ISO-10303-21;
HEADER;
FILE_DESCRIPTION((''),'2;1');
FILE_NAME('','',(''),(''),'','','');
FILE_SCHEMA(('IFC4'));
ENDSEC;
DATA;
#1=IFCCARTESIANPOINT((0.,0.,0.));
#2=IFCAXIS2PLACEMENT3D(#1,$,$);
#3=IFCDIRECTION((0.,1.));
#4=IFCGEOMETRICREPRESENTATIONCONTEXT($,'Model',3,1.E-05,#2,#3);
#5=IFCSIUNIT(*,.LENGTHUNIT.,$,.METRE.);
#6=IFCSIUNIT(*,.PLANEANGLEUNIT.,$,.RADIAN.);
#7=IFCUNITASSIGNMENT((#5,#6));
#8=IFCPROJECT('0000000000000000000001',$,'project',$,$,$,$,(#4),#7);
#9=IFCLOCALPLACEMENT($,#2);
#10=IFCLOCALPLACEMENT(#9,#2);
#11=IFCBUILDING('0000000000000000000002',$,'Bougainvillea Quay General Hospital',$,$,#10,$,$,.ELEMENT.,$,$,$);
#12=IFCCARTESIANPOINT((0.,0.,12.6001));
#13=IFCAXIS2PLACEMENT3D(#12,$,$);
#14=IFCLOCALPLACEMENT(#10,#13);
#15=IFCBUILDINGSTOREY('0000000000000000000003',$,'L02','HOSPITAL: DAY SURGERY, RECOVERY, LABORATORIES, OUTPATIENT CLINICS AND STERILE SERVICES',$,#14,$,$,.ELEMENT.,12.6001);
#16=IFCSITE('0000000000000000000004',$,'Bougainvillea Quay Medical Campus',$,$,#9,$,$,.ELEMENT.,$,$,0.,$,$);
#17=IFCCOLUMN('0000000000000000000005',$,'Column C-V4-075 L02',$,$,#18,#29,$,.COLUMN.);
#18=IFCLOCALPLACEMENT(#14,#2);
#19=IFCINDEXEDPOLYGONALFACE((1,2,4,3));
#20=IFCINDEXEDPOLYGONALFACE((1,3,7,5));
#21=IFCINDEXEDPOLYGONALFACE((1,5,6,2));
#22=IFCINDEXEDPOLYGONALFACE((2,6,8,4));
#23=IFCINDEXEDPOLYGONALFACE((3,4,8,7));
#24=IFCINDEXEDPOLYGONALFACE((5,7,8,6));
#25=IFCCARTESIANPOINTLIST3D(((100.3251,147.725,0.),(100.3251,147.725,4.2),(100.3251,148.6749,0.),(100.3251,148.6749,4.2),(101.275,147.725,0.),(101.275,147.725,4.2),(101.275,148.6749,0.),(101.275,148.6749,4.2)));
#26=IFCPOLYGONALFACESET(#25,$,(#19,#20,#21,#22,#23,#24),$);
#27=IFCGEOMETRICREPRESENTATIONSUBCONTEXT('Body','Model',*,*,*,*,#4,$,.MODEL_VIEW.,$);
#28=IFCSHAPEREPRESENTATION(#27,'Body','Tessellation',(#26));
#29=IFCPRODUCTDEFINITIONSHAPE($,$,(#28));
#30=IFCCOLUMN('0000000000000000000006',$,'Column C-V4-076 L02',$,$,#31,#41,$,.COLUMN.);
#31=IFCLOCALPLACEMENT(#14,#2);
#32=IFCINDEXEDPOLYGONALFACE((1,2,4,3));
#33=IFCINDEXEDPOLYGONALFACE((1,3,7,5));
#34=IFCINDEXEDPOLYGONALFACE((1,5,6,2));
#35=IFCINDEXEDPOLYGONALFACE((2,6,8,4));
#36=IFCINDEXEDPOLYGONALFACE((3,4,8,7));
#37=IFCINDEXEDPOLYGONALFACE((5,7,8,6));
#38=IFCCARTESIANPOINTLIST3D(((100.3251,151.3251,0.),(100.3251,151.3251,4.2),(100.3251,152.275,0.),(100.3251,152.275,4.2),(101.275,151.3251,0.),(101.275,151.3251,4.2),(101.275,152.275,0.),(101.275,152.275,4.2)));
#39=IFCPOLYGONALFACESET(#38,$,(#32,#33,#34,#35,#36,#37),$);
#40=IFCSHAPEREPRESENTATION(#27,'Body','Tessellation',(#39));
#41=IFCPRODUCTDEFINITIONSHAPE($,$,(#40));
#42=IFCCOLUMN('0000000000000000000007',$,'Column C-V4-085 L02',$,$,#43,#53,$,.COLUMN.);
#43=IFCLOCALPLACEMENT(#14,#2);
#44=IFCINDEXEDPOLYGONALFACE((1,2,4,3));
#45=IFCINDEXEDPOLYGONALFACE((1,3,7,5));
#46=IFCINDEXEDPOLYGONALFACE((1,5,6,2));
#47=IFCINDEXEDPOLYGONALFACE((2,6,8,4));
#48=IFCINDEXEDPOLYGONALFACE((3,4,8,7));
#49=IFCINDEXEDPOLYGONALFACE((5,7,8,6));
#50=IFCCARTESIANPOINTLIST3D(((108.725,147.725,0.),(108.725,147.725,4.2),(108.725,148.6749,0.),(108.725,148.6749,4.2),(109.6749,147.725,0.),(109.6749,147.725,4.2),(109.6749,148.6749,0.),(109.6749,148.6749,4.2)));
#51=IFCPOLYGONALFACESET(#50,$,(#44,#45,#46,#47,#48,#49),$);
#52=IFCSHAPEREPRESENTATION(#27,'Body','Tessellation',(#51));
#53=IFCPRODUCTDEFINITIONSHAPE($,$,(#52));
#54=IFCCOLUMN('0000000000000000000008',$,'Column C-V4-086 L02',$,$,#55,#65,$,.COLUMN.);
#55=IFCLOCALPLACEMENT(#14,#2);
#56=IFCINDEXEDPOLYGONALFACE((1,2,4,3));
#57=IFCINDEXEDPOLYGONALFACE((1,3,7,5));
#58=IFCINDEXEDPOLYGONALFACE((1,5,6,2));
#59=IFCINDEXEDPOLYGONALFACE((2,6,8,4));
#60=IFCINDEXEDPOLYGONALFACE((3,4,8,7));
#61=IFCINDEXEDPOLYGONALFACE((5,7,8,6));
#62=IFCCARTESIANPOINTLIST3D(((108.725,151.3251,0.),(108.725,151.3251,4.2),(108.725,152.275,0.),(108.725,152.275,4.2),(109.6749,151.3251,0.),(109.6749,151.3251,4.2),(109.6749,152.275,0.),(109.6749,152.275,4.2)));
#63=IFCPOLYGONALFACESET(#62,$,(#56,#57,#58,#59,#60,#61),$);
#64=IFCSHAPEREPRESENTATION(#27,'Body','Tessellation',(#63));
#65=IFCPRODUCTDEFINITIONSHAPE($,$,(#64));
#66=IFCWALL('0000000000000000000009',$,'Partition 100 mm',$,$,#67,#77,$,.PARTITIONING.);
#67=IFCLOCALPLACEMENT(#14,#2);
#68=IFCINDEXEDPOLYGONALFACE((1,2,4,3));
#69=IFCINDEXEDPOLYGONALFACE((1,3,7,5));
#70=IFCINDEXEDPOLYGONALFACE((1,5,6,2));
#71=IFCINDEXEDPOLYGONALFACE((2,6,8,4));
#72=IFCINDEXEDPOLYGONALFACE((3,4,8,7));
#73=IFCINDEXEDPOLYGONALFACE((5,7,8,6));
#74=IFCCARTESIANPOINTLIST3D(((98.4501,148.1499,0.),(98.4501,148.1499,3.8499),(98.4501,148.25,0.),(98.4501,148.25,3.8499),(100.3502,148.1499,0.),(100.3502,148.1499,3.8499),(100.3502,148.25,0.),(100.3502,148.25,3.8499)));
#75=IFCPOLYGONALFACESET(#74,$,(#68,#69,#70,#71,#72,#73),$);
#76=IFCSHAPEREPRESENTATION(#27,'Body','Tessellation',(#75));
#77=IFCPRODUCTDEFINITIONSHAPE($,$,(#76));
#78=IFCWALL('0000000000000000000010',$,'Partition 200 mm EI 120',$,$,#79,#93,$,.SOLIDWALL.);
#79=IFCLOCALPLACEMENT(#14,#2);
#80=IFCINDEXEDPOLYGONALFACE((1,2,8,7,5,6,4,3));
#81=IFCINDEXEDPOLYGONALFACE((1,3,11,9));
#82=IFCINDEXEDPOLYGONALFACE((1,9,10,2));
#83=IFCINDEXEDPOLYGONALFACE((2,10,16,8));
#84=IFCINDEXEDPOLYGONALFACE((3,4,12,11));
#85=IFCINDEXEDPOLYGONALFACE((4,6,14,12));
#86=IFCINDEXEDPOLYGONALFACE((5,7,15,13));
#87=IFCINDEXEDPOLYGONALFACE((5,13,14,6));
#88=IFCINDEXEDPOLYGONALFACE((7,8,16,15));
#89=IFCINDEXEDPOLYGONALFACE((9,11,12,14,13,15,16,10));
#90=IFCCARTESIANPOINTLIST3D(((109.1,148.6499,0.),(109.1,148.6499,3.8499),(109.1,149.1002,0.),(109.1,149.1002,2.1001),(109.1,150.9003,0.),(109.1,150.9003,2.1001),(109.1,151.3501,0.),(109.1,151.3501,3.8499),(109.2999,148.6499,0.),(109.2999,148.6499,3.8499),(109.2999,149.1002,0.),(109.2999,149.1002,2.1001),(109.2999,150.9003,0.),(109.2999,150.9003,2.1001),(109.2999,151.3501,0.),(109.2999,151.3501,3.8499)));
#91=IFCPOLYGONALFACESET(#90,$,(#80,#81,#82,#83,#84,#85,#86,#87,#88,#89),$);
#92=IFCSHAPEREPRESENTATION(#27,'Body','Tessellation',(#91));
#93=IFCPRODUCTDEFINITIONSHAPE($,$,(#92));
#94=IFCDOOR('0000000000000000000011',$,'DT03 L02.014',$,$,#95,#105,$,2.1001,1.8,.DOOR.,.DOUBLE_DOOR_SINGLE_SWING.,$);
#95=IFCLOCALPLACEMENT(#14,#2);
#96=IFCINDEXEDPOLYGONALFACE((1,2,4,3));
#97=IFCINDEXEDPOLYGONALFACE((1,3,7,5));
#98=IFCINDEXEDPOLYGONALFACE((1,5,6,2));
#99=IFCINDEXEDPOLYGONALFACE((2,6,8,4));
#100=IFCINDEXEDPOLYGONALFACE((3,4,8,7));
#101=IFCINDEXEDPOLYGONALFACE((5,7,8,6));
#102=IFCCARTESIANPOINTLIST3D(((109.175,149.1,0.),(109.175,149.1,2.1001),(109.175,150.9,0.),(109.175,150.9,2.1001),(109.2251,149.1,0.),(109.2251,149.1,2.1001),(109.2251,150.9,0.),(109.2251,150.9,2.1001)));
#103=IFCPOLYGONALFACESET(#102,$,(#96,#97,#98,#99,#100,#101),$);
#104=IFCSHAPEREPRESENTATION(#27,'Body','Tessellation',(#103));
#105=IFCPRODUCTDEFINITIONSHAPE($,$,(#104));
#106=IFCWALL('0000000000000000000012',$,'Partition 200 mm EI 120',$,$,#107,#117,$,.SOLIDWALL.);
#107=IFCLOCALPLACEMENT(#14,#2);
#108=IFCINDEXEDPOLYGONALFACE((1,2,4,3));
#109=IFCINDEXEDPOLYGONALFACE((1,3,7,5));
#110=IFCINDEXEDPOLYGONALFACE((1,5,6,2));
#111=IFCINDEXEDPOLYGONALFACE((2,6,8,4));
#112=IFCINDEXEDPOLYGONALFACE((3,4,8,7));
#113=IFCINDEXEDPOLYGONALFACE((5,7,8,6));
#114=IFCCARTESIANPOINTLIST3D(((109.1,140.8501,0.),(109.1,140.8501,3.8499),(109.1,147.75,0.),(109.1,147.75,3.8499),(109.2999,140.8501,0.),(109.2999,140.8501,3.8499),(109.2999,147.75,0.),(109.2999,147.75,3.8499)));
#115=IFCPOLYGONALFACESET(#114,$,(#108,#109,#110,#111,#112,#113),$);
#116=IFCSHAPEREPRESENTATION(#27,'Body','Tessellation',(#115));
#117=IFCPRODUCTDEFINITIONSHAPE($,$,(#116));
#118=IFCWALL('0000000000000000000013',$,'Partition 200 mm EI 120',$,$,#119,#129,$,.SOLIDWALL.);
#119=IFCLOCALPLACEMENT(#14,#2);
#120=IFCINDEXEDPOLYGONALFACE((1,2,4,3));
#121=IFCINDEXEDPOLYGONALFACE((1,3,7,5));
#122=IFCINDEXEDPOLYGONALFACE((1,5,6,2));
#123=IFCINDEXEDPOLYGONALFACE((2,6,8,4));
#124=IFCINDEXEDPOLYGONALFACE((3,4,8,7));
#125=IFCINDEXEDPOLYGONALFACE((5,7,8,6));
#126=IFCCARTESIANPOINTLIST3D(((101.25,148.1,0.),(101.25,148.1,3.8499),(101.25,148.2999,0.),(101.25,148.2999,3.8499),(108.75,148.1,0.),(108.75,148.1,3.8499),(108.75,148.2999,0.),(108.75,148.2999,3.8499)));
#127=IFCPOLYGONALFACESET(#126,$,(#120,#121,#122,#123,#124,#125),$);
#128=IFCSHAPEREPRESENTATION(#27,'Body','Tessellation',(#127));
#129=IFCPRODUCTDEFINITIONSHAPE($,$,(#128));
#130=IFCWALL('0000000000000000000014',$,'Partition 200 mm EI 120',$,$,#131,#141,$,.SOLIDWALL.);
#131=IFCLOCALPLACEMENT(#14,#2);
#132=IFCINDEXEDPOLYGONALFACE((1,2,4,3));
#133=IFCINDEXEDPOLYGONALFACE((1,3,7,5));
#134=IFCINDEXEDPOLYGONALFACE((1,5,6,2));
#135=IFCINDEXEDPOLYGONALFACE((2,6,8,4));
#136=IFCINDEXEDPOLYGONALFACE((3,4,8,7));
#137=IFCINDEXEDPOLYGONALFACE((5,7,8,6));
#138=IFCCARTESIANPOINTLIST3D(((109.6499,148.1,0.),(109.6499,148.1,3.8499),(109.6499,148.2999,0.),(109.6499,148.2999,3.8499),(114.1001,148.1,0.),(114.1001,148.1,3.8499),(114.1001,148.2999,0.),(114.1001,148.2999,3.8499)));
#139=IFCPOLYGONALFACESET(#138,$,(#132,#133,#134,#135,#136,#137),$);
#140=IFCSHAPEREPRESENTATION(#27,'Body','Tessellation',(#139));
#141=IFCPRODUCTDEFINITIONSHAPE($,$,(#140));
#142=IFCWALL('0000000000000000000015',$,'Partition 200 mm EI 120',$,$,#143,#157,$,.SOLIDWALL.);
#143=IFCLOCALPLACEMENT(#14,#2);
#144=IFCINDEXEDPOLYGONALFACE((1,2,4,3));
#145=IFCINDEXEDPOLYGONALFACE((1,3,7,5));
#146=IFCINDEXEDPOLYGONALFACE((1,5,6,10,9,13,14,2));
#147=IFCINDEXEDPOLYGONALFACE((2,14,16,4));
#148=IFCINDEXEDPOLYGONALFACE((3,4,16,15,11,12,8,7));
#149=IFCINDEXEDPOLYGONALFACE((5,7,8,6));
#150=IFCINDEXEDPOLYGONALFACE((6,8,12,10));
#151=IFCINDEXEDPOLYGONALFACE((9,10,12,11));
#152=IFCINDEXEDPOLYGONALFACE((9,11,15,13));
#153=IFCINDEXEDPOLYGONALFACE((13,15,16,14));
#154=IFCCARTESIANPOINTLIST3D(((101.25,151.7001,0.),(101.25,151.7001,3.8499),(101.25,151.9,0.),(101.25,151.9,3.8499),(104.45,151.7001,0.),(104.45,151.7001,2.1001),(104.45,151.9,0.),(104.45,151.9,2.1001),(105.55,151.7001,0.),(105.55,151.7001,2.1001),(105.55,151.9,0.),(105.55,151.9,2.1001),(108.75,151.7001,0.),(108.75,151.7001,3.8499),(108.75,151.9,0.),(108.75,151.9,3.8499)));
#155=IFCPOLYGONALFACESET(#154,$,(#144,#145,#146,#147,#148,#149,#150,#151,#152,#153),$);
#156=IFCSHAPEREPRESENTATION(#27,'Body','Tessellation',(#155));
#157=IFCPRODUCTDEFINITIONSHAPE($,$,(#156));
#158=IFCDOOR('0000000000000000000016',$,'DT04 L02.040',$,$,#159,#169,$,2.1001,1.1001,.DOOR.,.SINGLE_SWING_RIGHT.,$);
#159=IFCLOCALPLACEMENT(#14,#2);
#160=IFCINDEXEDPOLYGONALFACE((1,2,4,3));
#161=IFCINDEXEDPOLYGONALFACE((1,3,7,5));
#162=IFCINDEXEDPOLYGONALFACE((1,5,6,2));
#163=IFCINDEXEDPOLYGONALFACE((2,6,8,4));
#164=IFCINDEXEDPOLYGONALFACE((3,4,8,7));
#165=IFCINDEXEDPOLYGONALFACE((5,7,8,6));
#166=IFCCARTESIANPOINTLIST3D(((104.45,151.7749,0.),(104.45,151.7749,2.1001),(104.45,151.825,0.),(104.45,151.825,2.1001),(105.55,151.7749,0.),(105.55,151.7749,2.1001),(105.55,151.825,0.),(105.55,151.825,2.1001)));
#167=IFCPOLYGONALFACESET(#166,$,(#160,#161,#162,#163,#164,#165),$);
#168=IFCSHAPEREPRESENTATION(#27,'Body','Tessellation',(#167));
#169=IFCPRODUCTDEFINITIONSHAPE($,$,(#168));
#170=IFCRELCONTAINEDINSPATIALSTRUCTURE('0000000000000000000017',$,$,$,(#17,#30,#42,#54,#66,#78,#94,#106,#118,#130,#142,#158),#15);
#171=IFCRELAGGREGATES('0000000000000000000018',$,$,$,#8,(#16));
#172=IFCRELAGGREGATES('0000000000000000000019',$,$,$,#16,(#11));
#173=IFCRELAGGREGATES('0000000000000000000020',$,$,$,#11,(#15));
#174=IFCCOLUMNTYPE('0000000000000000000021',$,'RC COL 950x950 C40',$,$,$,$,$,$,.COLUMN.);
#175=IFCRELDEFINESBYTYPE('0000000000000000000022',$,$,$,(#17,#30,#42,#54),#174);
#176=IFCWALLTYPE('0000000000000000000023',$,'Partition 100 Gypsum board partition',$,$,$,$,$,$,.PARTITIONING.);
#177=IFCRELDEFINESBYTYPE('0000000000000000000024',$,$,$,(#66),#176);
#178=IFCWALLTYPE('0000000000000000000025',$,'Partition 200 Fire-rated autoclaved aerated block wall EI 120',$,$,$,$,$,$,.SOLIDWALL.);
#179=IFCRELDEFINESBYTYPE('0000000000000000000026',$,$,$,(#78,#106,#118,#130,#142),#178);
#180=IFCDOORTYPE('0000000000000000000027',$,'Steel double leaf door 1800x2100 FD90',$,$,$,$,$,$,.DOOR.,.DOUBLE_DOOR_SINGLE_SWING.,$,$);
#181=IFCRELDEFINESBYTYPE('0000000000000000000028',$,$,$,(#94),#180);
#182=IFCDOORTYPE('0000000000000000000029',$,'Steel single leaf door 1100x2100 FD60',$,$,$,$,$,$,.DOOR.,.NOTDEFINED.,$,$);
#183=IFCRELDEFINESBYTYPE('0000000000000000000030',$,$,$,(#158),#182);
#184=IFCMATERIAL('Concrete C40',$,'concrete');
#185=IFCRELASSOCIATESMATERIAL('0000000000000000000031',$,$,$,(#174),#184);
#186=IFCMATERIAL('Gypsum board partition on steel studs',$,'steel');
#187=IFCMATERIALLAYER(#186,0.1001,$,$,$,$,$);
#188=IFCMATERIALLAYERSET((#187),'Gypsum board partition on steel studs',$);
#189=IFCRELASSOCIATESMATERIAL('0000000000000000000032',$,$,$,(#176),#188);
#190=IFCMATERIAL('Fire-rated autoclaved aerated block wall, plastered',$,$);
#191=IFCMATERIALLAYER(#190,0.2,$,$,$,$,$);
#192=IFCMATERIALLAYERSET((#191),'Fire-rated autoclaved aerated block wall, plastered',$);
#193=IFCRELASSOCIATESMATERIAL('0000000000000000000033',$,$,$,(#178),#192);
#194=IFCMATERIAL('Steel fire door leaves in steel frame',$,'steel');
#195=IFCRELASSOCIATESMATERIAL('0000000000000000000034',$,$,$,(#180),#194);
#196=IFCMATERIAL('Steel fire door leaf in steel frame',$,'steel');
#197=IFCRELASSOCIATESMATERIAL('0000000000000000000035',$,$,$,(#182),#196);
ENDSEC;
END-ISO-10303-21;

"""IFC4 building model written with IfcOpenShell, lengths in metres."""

from ifc_helpers import new_model, si_unit, direction, frame, frame_2d, origin, origin_2d, place, context, subcontext, project, spatial, rectangle, extrude, material, layer, layer_set, material_profile, profile_set, type_object, element, fill, save


model = new_model("IFC4")

# Units and contexts
model_context = context("Model", 3, precision=1e-05, world=origin(), true_north=direction((0.0, 1.0)))
body_context = subcontext(model_context, "Body", "Model", "MODEL_VIEW")
ifc_project = project(units=[si_unit("LENGTHUNIT", "METRE"), si_unit("PLANEANGLEUNIT", "RADIAN")], contexts=[model_context])

# Site, building, storey
site_placement = place(None, origin())
site = spatial("IfcSite", under=ifc_project, at=site_placement, Name="Bougainvillea Quay Medical Campus", CompositionType="ELEMENT", RefElevation=0.0)
building_placement = place(site_placement, origin())
building = spatial("IfcBuilding", under=site, at=building_placement, Name="Bougainvillea Quay General Hospital", CompositionType="ELEMENT")
storey_placement = place(building_placement, frame((0.0, 0.0, 12.6001)))
storey = spatial("IfcBuildingStorey", under=building, at=storey_placement, Name="L02", Description="HOSPITAL: DAY SURGERY, RECOVERY, LABORATORIES, OUTPATIENT CLINICS AND STERILE SERVICES", CompositionType="ELEMENT", Elevation=12.6001)

# Columns
ifc_material_1 = material(Name="Concrete C40", Category="concrete")
ifc_material_profile = material_profile(ifc_material_1, rectangle(XDim=0.95, YDim=0.95, at=origin_2d()))
ifc_profile_set = profile_set([ifc_material_profile], Name="Concrete C40")
column_type = type_object("IfcColumnType", Name="RC COL 950x950 C40", PredefinedType="COLUMN", material=ifc_profile_set)
for number, where, z_axis, x_axis, name in (
    (1, (100.8, 148.2, 0.0), (0.0, 0.0, 1.0), (1.0, 0.0, 0.0), "Column C-V4-075 L02"),
    (2, (100.8, 151.8, 0.0), (0.0, 0.0, 1.0), (1.0, 0.0, 0.0), "Column C-V4-076 L02"),
    (3, (109.2, 148.2, 0.0), (0.0, 0.0, 1.0), (1.0, 0.0, 0.0), "Column C-V4-085 L02"),
    (4, (109.2, 151.8, 0.0), (0.0, 0.0, 1.0), (1.0, 0.0, 0.0), "Column C-V4-086 L02"),
):
    element("IfcColumn", number, at=place(storey_placement, frame(where, z_axis=z_axis, x_axis=x_axis)), inside=storey, type_object=column_type, Name=name, PredefinedType="COLUMN", context=body_context, shape_type="SweptSolid", body=[
        extrude(rectangle(XDim=0.95, YDim=0.95, at=origin_2d()), origin(), (0.0, 0.0, 1.0), 4.2),
    ])

# Wall
ifc_material_2 = material(Name="Gypsum board partition on steel studs", Category="steel")
ifc_layer_1 = layer(ifc_material_2, 0.1001)
ifc_layer_set_1 = layer_set([ifc_layer_1], Name="Gypsum board partition on steel studs")
wall_type_1 = type_object("IfcWallType", Name="Partition 100 Gypsum board partition", PredefinedType="PARTITIONING", material=ifc_layer_set_1)
wall_1_placement = place(storey_placement, frame((98.45, 148.2, 0.0), z_axis=(0.0, 0.0, 1.0), x_axis=(1.0, 0.0, 0.0)))
element("IfcWall", 5, at=wall_1_placement, inside=storey, type_object=wall_type_1, Name="Partition 100 mm", PredefinedType="PARTITIONING", context=body_context, shape_type="SweptSolid", body=[
    extrude(rectangle(XDim=1.9001, YDim=0.1001, at=frame_2d((0.9502, 0.0))), origin(), (0.0, 0.0, 1.0), 3.8499),
])

# Wall, opening, door
ifc_material_3 = material(Name="Fire-rated autoclaved aerated block wall, plastered")
ifc_layer_2 = layer(ifc_material_3, 0.2)
ifc_layer_set_2 = layer_set([ifc_layer_2], Name="Fire-rated autoclaved aerated block wall, plastered")
wall_type_2 = type_object("IfcWallType", Name="Partition 200 Fire-rated autoclaved aerated block wall EI 120", PredefinedType="SOLIDWALL", material=ifc_layer_set_2)
wall_2_placement = place(storey_placement, frame((109.2, 151.3501, 0.0), z_axis=(0.0, 0.0, 1.0), x_axis=(0.0, -1.0, 0.0)))
wall_2 = element("IfcWall", 6, at=wall_2_placement, inside=storey, type_object=wall_type_2, Name="Partition 200 mm EI 120", PredefinedType="SOLIDWALL", context=body_context, shape_type="SweptSolid", body=[
    extrude(rectangle(XDim=2.7002, YDim=0.2, at=frame_2d((1.3501, 0.0))), origin(), (0.0, 0.0, 1.0), 3.8499),
])
opening_1_placement = place(wall_2_placement, frame((0.45, 0.0, 0.0)))
opening_1 = element("IfcOpeningElement", 7, at=opening_1_placement, cuts=wall_2, PredefinedType="OPENING", context=body_context, shape_type="SweptSolid", body=[
    extrude(rectangle(XDim=1.8, YDim=2.1001, at=frame_2d((0.8999, 1.05))), frame((0.0, 0.1099, 0.0), z_axis=(0.0, -1.0, 0.0), x_axis=(1.0, 0.0, 0.0)), (0.0, 0.0, 1.0), 0.22),
])
ifc_material_4 = material(Name="Steel fire door leaves in steel frame", Category="steel")
door_type_1 = type_object("IfcDoorType", Name="Steel double leaf door 1800x2100 FD90", OperationType="DOUBLE_DOOR_SINGLE_SWING", PredefinedType="DOOR", material=ifc_material_4)
door_1_placement = place(opening_1_placement, frame((1.8, 0.0, 0.0), z_axis=(0.0, 0.0, 1.0), x_axis=(-1.0, 0.0, 0.0)))
door_1 = element("IfcDoor", 8, at=door_1_placement, inside=storey, type_object=door_type_1, Name="DT03 L02.014", OperationType="DOUBLE_DOOR_SINGLE_SWING", OverallHeight=2.1001, OverallWidth=1.8, PredefinedType="DOOR", context=body_context, shape_type="SweptSolid", body=[
    extrude(rectangle(XDim=1.8, YDim=2.1001, at=frame_2d((0.8999, 1.05))), frame((0.0, 0.0249, 0.0), z_axis=(0.0, -1.0, 0.0), x_axis=(1.0, 0.0, 0.0)), (0.0, 0.0, 1.0), 0.05),
])
fill(opening_1, door_1)

# Walls
wall_3_placement = place(storey_placement, frame((109.2, 147.75, 0.0), z_axis=(0.0, 0.0, 1.0), x_axis=(0.0, -1.0, 0.0)))
element("IfcWall", 9, at=wall_3_placement, inside=storey, type_object=wall_type_2, Name="Partition 200 mm EI 120", PredefinedType="SOLIDWALL", context=body_context, shape_type="SweptSolid", body=[
    extrude(rectangle(XDim=6.8999, YDim=0.2, at=frame_2d((3.45, 0.0))), origin(), (0.0, 0.0, 1.0), 3.8499),
])
wall_4_placement = place(storey_placement, frame((101.25, 148.2, 0.0), z_axis=(0.0, 0.0, 1.0), x_axis=(1.0, 0.0, 0.0)))
element("IfcWall", 10, at=wall_4_placement, inside=storey, type_object=wall_type_2, Name="Partition 200 mm EI 120", PredefinedType="SOLIDWALL", context=body_context, shape_type="SweptSolid", body=[
    extrude(rectangle(XDim=7.5, YDim=0.2, at=frame_2d((3.75, 0.0))), origin(), (0.0, 0.0, 1.0), 3.8499),
])
wall_5_placement = place(storey_placement, frame((109.6499, 148.2, 0.0), z_axis=(0.0, 0.0, 1.0), x_axis=(1.0, 0.0, 0.0)))
element("IfcWall", 11, at=wall_5_placement, inside=storey, type_object=wall_type_2, Name="Partition 200 mm EI 120", PredefinedType="SOLIDWALL", context=body_context, shape_type="SweptSolid", body=[
    extrude(rectangle(XDim=4.4502, YDim=0.2, at=frame_2d((2.2251, 0.0))), origin(), (0.0, 0.0, 1.0), 3.8499),
])

# Wall, opening, door
wall_6_placement = place(storey_placement, frame((101.25, 151.8, 0.0), z_axis=(0.0, 0.0, 1.0), x_axis=(1.0, 0.0, 0.0)))
wall_6 = element("IfcWall", 12, at=wall_6_placement, inside=storey, type_object=wall_type_2, Name="Partition 200 mm EI 120", PredefinedType="SOLIDWALL", context=body_context, shape_type="SweptSolid", body=[
    extrude(rectangle(XDim=7.5, YDim=0.2, at=frame_2d((3.75, 0.0))), origin(), (0.0, 0.0, 1.0), 3.8499),
])
opening_2_placement = place(wall_6_placement, frame((3.2, 0.0, 0.0)))
opening_2 = element("IfcOpeningElement", 13, at=opening_2_placement, cuts=wall_6, PredefinedType="OPENING", context=body_context, shape_type="SweptSolid", body=[
    extrude(rectangle(XDim=1.1001, YDim=2.1001, at=frame_2d((0.55, 1.05))), frame((0.0, 0.1099, 0.0), z_axis=(0.0, -1.0, 0.0), x_axis=(1.0, 0.0, 0.0)), (0.0, 0.0, 1.0), 0.22),
])
ifc_material_5 = material(Name="Steel fire door leaf in steel frame", Category="steel")
door_type_2 = type_object("IfcDoorType", Name="Steel single leaf door 1100x2100 FD60", OperationType="NOTDEFINED", PredefinedType="DOOR", material=ifc_material_5)
door_2_placement = place(opening_2_placement, origin())
door_2 = element("IfcDoor", 14, at=door_2_placement, inside=storey, type_object=door_type_2, Name="DT04 L02.040", OperationType="SINGLE_SWING_RIGHT", OverallHeight=2.1001, OverallWidth=1.1001, PredefinedType="DOOR", context=body_context, shape_type="SweptSolid", body=[
    extrude(rectangle(XDim=1.1001, YDim=2.1001, at=frame_2d((0.55, 1.05))), frame((0.0, 0.0249, 0.0), z_axis=(0.0, -1.0, 0.0), x_axis=(1.0, 0.0, 0.0)), (0.0, 0.0, 1.0), 0.05),
])
fill(opening_2, door_2)

save(model, "model.ifc")
